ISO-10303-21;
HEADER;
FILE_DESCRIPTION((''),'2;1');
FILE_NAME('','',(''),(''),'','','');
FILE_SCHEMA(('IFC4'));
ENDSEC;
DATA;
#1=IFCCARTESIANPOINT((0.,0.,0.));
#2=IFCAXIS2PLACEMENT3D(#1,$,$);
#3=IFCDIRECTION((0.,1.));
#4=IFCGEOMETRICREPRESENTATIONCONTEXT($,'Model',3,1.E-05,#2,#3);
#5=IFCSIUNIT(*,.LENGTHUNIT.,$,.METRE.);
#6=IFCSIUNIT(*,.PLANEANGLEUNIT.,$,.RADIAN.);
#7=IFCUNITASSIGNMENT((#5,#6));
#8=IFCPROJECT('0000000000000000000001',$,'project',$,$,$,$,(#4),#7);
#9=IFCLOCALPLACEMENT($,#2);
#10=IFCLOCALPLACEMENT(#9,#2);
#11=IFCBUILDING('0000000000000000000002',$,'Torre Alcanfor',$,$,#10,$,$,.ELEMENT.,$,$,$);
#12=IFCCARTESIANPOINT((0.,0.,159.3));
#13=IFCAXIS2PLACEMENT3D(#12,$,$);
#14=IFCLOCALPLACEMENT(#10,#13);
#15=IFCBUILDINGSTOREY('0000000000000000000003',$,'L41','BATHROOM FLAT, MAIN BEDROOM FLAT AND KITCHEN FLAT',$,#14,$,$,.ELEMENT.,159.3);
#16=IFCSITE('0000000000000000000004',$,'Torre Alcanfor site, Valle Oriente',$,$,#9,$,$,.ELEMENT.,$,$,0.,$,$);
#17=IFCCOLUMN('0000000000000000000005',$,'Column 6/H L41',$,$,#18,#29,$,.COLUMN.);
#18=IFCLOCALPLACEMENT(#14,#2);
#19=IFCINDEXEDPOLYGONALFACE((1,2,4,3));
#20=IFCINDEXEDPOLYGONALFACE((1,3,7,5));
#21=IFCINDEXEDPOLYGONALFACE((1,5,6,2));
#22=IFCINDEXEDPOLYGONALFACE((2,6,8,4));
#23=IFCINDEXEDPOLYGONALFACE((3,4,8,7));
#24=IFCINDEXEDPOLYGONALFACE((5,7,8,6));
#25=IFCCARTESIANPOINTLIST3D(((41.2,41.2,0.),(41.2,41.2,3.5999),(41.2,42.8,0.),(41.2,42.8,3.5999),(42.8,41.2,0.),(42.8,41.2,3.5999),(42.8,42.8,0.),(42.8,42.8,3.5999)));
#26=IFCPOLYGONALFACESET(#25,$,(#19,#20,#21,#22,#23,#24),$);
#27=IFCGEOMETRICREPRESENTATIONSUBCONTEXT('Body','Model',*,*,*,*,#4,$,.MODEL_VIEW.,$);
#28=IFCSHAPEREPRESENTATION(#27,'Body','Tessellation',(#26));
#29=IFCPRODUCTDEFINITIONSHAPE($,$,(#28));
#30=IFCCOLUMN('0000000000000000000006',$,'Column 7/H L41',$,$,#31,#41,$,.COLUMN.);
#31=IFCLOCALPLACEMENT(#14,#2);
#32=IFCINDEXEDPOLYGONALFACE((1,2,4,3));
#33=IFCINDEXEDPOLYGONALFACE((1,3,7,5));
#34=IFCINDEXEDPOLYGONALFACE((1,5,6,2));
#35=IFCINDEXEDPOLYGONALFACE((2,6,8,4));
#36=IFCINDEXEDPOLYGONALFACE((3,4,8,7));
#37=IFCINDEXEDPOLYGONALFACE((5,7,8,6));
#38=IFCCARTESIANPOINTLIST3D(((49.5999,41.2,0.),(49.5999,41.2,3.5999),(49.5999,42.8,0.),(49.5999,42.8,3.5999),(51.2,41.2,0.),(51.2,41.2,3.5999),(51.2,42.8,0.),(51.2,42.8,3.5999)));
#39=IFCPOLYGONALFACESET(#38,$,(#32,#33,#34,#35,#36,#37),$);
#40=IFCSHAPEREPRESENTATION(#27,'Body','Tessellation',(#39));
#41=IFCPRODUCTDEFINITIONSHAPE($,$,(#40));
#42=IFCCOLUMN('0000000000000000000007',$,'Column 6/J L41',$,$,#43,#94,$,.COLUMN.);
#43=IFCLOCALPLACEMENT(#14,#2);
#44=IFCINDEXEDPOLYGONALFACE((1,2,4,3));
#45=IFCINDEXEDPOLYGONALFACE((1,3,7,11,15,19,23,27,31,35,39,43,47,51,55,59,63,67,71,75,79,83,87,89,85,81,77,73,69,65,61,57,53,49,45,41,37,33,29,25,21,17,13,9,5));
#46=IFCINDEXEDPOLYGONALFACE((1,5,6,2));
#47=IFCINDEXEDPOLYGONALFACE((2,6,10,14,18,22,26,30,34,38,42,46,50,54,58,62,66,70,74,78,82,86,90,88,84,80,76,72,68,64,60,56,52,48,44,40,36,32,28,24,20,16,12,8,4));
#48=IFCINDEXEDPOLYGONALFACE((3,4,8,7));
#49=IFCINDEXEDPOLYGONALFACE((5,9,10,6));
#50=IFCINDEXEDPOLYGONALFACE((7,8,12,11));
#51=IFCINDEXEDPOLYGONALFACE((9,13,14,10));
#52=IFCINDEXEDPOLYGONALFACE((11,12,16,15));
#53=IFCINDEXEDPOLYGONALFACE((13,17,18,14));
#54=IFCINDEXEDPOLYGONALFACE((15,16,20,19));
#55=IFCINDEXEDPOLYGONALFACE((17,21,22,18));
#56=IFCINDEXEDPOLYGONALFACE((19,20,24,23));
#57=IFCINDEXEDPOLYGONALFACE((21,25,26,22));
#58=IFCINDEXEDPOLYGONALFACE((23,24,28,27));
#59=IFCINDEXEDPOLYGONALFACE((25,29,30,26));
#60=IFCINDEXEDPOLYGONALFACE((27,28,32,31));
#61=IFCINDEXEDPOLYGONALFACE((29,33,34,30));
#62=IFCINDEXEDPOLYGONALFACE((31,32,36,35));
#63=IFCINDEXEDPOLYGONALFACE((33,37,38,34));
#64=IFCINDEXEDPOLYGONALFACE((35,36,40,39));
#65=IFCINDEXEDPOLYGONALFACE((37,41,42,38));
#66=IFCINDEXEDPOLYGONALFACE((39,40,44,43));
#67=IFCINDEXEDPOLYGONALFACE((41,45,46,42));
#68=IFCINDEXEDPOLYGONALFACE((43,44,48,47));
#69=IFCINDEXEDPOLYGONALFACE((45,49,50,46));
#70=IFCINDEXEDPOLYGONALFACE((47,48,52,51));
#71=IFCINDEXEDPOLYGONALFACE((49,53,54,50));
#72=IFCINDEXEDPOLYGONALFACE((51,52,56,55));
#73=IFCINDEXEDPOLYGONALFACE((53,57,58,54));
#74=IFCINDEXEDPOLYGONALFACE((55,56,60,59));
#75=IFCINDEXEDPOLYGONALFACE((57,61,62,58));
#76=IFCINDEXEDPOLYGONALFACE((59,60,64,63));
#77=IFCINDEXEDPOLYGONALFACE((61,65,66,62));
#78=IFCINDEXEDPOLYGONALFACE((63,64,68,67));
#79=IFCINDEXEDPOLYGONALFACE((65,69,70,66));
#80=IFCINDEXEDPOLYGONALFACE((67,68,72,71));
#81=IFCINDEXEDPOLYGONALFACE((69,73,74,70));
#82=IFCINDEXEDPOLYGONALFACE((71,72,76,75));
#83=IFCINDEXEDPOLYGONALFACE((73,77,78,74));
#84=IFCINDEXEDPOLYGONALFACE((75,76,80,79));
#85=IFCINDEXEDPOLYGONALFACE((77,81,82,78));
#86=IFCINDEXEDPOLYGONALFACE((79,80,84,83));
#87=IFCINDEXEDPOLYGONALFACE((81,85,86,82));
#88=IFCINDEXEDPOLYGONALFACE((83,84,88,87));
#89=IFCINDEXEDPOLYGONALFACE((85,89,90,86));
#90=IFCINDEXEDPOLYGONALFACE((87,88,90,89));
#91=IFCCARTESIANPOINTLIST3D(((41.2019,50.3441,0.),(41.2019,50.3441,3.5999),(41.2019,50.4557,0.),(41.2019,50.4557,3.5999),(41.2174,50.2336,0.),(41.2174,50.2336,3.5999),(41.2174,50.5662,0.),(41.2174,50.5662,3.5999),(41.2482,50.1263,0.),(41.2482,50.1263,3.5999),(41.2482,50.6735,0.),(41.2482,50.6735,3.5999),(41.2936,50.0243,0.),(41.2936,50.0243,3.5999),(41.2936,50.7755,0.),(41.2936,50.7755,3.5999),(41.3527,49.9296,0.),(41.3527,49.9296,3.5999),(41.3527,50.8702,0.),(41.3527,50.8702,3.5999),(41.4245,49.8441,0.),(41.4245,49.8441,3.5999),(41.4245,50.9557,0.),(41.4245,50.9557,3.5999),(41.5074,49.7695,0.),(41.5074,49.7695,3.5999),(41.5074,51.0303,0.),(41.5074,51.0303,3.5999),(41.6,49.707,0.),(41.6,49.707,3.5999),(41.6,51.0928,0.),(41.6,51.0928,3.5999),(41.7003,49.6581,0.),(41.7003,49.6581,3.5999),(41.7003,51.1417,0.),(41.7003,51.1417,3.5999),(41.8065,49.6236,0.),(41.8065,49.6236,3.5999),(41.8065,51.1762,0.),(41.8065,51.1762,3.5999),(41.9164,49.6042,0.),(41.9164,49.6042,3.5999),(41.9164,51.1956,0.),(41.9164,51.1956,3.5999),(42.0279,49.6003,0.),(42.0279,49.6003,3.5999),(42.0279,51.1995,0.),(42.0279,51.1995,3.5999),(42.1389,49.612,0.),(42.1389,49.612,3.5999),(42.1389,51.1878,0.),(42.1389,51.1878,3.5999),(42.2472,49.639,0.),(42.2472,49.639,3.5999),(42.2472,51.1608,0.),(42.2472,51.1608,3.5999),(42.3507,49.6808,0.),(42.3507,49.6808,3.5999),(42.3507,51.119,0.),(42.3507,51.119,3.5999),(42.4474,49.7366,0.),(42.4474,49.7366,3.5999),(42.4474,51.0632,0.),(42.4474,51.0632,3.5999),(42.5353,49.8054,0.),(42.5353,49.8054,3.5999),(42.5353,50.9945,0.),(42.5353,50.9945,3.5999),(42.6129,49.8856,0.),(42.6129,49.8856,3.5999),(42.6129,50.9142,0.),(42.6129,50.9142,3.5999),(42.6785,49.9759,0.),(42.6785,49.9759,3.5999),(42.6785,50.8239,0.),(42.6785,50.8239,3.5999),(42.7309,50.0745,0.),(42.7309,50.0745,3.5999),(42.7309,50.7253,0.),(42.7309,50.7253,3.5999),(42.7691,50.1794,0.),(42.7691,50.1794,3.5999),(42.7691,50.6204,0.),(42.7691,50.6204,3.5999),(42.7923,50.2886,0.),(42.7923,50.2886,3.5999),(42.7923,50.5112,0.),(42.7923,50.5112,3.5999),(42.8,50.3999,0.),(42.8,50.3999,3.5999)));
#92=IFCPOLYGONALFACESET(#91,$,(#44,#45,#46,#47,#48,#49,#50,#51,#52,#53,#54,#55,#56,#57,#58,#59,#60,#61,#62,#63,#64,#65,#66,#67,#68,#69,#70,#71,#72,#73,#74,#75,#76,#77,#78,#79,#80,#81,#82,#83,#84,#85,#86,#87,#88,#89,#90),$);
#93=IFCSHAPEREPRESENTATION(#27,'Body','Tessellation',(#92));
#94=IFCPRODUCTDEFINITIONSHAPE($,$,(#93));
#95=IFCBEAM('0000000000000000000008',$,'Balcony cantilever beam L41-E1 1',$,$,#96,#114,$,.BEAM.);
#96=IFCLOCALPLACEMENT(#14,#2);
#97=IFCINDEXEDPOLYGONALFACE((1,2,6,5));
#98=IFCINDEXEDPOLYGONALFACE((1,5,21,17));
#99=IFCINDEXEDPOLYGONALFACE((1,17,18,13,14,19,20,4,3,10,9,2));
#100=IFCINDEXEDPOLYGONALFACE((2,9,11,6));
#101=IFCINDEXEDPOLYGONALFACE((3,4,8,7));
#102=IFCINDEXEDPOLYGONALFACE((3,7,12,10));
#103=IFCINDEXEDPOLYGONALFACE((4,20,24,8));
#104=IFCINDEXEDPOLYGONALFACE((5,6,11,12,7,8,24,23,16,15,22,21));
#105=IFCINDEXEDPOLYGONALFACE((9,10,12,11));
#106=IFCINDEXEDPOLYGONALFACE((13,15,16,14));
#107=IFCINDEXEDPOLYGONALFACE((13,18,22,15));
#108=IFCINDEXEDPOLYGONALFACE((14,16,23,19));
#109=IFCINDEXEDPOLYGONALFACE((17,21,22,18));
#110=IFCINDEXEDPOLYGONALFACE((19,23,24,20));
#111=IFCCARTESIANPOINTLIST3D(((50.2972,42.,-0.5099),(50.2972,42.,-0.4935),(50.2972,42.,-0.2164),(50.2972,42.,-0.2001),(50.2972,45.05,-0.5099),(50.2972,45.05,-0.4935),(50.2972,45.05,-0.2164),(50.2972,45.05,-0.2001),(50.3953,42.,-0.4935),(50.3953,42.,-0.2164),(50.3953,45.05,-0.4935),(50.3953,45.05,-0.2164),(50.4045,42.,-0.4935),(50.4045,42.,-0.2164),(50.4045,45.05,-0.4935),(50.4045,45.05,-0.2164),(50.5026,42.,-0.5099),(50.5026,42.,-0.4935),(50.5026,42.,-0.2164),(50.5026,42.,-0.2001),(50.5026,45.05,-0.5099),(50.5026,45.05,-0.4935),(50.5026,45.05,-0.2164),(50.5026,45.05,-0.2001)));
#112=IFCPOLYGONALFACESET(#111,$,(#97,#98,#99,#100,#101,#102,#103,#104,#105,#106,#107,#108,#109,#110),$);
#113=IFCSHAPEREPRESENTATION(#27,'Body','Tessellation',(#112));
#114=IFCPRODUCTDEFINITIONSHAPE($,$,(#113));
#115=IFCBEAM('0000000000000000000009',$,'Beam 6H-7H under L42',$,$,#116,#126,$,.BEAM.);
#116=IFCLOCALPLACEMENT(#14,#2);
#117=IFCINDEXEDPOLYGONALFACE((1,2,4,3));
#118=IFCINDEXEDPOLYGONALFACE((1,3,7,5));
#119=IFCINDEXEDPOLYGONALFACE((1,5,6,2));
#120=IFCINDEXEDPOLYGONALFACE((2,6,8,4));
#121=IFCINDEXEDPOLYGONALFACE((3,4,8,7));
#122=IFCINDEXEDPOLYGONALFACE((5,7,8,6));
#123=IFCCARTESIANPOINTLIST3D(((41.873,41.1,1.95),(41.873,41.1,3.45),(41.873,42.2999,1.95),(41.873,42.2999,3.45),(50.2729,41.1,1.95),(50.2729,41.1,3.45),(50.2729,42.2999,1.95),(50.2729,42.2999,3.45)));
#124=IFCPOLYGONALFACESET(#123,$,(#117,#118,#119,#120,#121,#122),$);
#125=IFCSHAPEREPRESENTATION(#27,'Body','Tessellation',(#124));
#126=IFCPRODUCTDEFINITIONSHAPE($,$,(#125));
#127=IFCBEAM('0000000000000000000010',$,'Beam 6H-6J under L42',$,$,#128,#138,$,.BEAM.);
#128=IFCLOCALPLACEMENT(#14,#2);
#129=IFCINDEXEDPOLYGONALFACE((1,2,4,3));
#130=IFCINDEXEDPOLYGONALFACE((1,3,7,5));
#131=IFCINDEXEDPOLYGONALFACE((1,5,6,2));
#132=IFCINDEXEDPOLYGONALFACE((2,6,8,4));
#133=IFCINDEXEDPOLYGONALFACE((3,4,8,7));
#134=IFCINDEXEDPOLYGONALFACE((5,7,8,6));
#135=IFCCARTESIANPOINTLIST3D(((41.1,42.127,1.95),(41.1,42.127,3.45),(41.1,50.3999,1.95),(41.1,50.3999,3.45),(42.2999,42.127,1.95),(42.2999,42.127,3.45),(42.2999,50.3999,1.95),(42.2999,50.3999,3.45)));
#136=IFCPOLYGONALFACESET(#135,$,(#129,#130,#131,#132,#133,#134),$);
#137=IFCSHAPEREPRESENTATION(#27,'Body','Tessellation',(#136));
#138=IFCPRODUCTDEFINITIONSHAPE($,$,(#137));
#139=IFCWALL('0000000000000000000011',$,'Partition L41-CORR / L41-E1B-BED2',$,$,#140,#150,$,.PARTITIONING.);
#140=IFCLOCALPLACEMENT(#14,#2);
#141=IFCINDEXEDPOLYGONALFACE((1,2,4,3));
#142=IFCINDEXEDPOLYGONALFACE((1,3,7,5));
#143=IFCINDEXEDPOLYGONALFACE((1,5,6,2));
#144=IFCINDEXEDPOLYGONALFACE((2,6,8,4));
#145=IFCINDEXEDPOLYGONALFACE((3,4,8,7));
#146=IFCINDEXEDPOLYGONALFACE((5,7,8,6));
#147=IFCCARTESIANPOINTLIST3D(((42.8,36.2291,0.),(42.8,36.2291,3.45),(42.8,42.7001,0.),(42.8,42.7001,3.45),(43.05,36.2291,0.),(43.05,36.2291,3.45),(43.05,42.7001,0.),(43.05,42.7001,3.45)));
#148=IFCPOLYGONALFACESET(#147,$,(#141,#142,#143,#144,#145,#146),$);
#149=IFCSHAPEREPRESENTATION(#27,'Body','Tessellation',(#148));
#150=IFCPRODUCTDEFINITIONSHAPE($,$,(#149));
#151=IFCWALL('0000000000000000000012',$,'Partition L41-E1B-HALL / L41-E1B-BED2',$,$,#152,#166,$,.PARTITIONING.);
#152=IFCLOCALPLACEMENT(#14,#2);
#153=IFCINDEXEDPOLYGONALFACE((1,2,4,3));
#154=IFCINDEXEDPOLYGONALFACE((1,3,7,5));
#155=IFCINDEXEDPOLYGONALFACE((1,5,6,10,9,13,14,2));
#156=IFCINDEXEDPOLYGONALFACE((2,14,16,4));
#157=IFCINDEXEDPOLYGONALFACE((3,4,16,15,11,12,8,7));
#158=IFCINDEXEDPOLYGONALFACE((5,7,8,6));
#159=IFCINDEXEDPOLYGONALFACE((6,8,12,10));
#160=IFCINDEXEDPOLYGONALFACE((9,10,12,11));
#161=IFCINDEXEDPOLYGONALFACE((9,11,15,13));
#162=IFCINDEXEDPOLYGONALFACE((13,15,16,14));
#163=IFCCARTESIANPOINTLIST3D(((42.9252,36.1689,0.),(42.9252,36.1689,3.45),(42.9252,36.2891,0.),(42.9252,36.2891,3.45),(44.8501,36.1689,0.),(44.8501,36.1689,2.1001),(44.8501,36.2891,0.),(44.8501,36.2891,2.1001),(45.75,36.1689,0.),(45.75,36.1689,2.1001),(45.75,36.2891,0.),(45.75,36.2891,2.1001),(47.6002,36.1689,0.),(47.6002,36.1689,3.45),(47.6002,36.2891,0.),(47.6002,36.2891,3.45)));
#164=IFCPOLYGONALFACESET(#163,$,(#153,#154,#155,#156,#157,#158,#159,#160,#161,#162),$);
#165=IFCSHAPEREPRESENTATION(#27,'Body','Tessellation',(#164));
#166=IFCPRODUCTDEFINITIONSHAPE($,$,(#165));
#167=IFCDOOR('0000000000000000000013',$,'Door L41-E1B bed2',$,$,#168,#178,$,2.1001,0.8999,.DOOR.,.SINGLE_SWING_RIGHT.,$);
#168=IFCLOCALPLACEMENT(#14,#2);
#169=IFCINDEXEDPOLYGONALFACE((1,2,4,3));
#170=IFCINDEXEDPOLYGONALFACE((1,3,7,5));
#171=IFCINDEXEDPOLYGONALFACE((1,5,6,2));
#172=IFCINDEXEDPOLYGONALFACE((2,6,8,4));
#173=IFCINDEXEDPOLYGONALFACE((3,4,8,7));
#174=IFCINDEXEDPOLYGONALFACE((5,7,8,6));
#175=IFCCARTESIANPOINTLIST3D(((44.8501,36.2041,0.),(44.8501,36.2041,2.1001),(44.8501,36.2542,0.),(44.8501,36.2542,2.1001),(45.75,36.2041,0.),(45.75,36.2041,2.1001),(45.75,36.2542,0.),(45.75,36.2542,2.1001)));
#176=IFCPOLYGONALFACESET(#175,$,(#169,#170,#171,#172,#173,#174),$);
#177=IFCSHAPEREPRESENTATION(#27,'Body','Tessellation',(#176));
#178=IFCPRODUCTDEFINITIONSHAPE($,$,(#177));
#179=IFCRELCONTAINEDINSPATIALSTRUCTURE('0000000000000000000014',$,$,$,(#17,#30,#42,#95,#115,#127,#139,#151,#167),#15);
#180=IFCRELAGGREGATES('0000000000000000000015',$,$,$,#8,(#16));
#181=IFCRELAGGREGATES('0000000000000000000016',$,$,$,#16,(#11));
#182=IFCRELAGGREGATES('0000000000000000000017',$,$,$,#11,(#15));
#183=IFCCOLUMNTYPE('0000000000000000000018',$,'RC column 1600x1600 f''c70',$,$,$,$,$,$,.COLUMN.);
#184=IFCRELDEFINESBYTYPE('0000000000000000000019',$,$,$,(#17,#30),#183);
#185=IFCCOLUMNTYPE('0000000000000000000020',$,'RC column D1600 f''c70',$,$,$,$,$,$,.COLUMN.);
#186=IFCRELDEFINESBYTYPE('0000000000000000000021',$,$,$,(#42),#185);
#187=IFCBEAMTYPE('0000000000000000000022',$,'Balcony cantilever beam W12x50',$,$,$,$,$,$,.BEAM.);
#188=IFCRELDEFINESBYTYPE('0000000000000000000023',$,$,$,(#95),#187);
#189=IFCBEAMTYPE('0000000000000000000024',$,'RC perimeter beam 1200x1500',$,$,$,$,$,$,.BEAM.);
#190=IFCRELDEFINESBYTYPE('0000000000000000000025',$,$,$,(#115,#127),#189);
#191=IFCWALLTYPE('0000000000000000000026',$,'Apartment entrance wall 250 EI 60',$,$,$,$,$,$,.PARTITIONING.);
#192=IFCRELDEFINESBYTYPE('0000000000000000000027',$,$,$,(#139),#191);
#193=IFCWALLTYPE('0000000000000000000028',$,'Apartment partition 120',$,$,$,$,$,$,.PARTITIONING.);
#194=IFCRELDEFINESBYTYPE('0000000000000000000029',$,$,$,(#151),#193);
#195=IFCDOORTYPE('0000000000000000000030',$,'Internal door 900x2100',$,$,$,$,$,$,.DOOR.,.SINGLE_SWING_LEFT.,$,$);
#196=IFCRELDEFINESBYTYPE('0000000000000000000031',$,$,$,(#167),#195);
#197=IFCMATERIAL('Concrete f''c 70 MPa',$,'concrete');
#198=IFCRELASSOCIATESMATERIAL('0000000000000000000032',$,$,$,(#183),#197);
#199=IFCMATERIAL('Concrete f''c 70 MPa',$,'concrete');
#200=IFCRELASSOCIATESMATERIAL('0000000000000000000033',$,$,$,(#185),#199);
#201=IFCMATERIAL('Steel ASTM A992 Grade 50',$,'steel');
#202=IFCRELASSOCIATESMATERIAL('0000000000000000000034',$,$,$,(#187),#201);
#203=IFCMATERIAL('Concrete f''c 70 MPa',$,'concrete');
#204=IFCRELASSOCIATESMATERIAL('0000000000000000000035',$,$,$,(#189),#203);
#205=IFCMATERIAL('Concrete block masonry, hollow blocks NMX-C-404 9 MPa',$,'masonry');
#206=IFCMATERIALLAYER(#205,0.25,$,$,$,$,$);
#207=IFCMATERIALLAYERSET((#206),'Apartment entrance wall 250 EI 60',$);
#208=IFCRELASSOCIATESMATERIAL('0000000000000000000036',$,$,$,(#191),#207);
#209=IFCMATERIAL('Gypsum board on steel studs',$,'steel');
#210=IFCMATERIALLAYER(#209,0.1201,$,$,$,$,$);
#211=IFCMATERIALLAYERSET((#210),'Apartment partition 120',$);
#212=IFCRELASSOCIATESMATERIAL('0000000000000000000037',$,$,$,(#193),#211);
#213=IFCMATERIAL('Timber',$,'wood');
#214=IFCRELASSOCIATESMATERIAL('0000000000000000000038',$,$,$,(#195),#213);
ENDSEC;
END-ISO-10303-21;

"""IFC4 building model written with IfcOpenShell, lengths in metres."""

from ifc_helpers import new_model, si_unit, direction, frame, frame_2d, origin, origin_2d, place, context, subcontext, project, spatial, rectangle, circle, i_section, extrude, material, layer, layer_set, material_profile, profile_set, type_object, element, fill, save


model = new_model("IFC4")

# Units and contexts
model_context = context("Model", 3, precision=1e-05, world=origin(), true_north=direction((0.0, 1.0)))
body_context = subcontext(model_context, "Body", "Model", "MODEL_VIEW")
ifc_project = project(units=[si_unit("LENGTHUNIT", "METRE"), si_unit("PLANEANGLEUNIT", "RADIAN")], contexts=[model_context])

# Site, building, storey
site_placement = place(None, origin())
site = spatial("IfcSite", under=ifc_project, at=site_placement, Name="Torre Alcanfor site, Valle Oriente", CompositionType="ELEMENT", RefElevation=0.0)
building_placement = place(site_placement, origin())
building = spatial("IfcBuilding", under=site, at=building_placement, Name="Torre Alcanfor", CompositionType="ELEMENT")
storey_placement = place(building_placement, frame((0.0, 0.0, 159.3)))
storey = spatial("IfcBuildingStorey", under=building, at=storey_placement, Name="L41", Description="BATHROOM FLAT, MAIN BEDROOM FLAT AND KITCHEN FLAT", CompositionType="ELEMENT", Elevation=159.3)

# Columns
ifc_material_1 = material(Name="Concrete f'c 70 MPa", Category="concrete")
ifc_material_profile_1 = material_profile(ifc_material_1, rectangle(XDim=1.6001, YDim=1.6001, at=origin_2d()), Name="1600x1600")
ifc_profile_set_1 = profile_set([ifc_material_profile_1], Name="Concrete f'c 70 MPa")
column_type_1 = type_object("IfcColumnType", Name="RC column 1600x1600 f'c70", PredefinedType="COLUMN", material=ifc_profile_set_1)
for number, where, z_axis, x_axis, name in (
    (1, (42.0, 42.0, 0.0), (0.0, 0.0, 1.0), (1.0, 0.0, 0.0), "Column 6/H L41"),
    (2, (50.3999, 42.0, 0.0), (0.0, 0.0, 1.0), (1.0, 0.0, 0.0), "Column 7/H L41"),
):
    element("IfcColumn", number, at=place(storey_placement, frame(where, z_axis=z_axis, x_axis=x_axis)), inside=storey, type_object=column_type_1, Name=name, PredefinedType="COLUMN", context=body_context, shape_type="SweptSolid", body=[
        extrude(rectangle(XDim=1.6001, YDim=1.6001, at=origin_2d()), origin(), (0.0, 0.0, 1.0), 3.5999),
    ])
ifc_material_2 = material(Name="Concrete f'c 70 MPa", Category="concrete")
ifc_material_profile_2 = material_profile(ifc_material_2, circle(Radius=0.8, at=origin_2d()), Name="D1600")
ifc_profile_set_2 = profile_set([ifc_material_profile_2], Name="Concrete f'c 70 MPa")
column_type_2 = type_object("IfcColumnType", Name="RC column D1600 f'c70", PredefinedType="COLUMN", material=ifc_profile_set_2)
column_placement = place(storey_placement, frame((42.0, 50.3999, 0.0), z_axis=(0.0, 0.0, 1.0), x_axis=(1.0, 0.0, 0.0)))
element("IfcColumn", 3, at=column_placement, inside=storey, type_object=column_type_2, Name="Column 6/J L41", PredefinedType="COLUMN", context=body_context, shape_type="SweptSolid", body=[
    extrude(circle(Radius=0.8, at=origin_2d()), origin(), (0.0, 0.0, 1.0), 3.5999),
])

# Beams
ifc_material_3 = material(Name="Steel ASTM A992 Grade 50", Category="steel")
ifc_material_profile_3 = material_profile(ifc_material_3, i_section(OverallWidth=0.2053, OverallDepth=0.3098, WebThickness=0.0093, FlangeThickness=0.0164, at=origin_2d()), Name="W12x50")
ifc_profile_set_3 = profile_set([ifc_material_profile_3], Name="Steel ASTM A992 Grade 50")
beam_type_1 = type_object("IfcBeamType", Name="Balcony cantilever beam W12x50", PredefinedType="BEAM", material=ifc_profile_set_3)
beam_1_placement = place(storey_placement, frame((50.3999, 42.0, -0.355), z_axis=(0.0, 1.0, 0.0), x_axis=(-1.0, 0.0, 0.0)))
element("IfcBeam", 4, at=beam_1_placement, inside=storey, type_object=beam_type_1, Name="Balcony cantilever beam L41-E1 1", PredefinedType="BEAM", context=body_context, shape_type="SweptSolid", body=[
    extrude(i_section(OverallWidth=0.2053, OverallDepth=0.3098, WebThickness=0.0093, FlangeThickness=0.0164, at=origin_2d()), origin(), (0.0, 0.0, 1.0), 3.05),
])
ifc_material_4 = material(Name="Concrete f'c 70 MPa", Category="concrete")
ifc_material_profile_4 = material_profile(ifc_material_4, rectangle(XDim=1.2, YDim=1.5, at=origin_2d()), Name="1200x1500")
ifc_profile_set_4 = profile_set([ifc_material_profile_4], Name="Concrete f'c 70 MPa")
beam_type_2 = type_object("IfcBeamType", Name="RC perimeter beam 1200x1500", PredefinedType="BEAM", material=ifc_profile_set_4)
beam_2_placement = place(storey_placement, frame((41.873, 41.7, 2.7), z_axis=(1.0, 0.0, 0.0), x_axis=(0.0, 1.0, 0.0)))
element("IfcBeam", 5, at=beam_2_placement, inside=storey, type_object=beam_type_2, Name="Beam 6H-7H under L42", PredefinedType="BEAM", context=body_context, shape_type="SweptSolid", body=[
    extrude(rectangle(XDim=1.2, YDim=1.5, at=origin_2d()), origin(), (0.0, 0.0, 1.0), 8.3999),
])
beam_3_placement = place(storey_placement, frame((41.7, 42.127, 2.7), z_axis=(0.0, 1.0, 0.0), x_axis=(-1.0, 0.0, 0.0)))
element("IfcBeam", 6, at=beam_3_placement, inside=storey, type_object=beam_type_2, Name="Beam 6H-6J under L42", PredefinedType="BEAM", context=body_context, shape_type="SweptSolid", body=[
    extrude(rectangle(XDim=1.2, YDim=1.5, at=origin_2d()), origin(), (0.0, 0.0, 1.0), 8.2729),
])

# Wall
ifc_material_5 = material(Name="Concrete block masonry, hollow blocks NMX-C-404 9 MPa", Category="masonry")
ifc_layer_1 = layer(ifc_material_5, 0.25)
ifc_layer_set_1 = layer_set([ifc_layer_1], Name="Apartment entrance wall 250 EI 60")
wall_type_1 = type_object("IfcWallType", Name="Apartment entrance wall 250 EI 60", PredefinedType="PARTITIONING", material=ifc_layer_set_1)
wall_1_placement = place(storey_placement, frame((42.925, 42.7, 0.0), z_axis=(0.0, 0.0, 1.0), x_axis=(0.0, -1.0, 0.0)))
element("IfcWall", 7, at=wall_1_placement, inside=storey, type_object=wall_type_1, Name="Partition L41-CORR / L41-E1B-BED2", PredefinedType="PARTITIONING", context=body_context, shape_type="SweptSolid", body=[
    extrude(rectangle(XDim=6.4709, YDim=0.25, at=frame_2d((3.2354, 0.0))), origin(), (0.0, 0.0, 1.0), 3.45),
])

# Wall, opening, door
ifc_material_6 = material(Name="Gypsum board on steel studs", Category="steel")
ifc_layer_2 = layer(ifc_material_6, 0.1201)
ifc_layer_set_2 = layer_set([ifc_layer_2], Name="Apartment partition 120")
wall_type_2 = type_object("IfcWallType", Name="Apartment partition 120", PredefinedType="PARTITIONING", material=ifc_layer_set_2)
wall_2_placement = place(storey_placement, frame((47.6001, 36.229, 0.0), z_axis=(0.0, 0.0, 1.0), x_axis=(-1.0, 0.0, 0.0)))
wall_2 = element("IfcWall", 8, at=wall_2_placement, inside=storey, type_object=wall_type_2, Name="Partition L41-E1B-HALL / L41-E1B-BED2", PredefinedType="PARTITIONING", context=body_context, shape_type="SweptSolid", body=[
    extrude(rectangle(XDim=4.675, YDim=0.1201, at=frame_2d((2.3374, 0.0))), origin(), (0.0, 0.0, 1.0), 3.45),
])
opening_1_placement = place(wall_2_placement, frame((1.8501, 0.0, 0.0)))
opening_1 = element("IfcOpeningElement", 9, at=opening_1_placement, cuts=wall_2, PredefinedType="OPENING", context=body_context, shape_type="SweptSolid", body=[
    extrude(rectangle(XDim=0.8999, YDim=2.1001, at=frame_2d((0.45, 1.05))), frame((0.0, 0.0701, 0.0), z_axis=(0.0, -1.0, 0.0), x_axis=(1.0, 0.0, 0.0)), (0.0, 0.0, 1.0), 0.1401),
])
ifc_material_7 = material(Name="Timber", Category="wood")
door_type_1 = type_object("IfcDoorType", Name="Internal door 900x2100", OperationType="SINGLE_SWING_LEFT", PredefinedType="DOOR", material=ifc_material_7)
door_1_placement = place(opening_1_placement, frame((0.8999, 0.0, 0.0), z_axis=(0.0, 0.0, 1.0), x_axis=(-1.0, 0.0, 0.0)))
door_1 = element("IfcDoor", 10, at=door_1_placement, inside=storey, type_object=door_type_1, Name="Door L41-E1B bed2", OperationType="SINGLE_SWING_RIGHT", OverallHeight=2.1001, OverallWidth=0.8999, PredefinedType="DOOR", context=body_context, shape_type="SweptSolid", body=[
    extrude(rectangle(XDim=0.8999, YDim=2.1001, at=frame_2d((0.45, 1.05))), frame((0.0, 0.0251, 0.0), z_axis=(0.0, -1.0, 0.0), x_axis=(1.0, 0.0, 0.0)), (0.0, 0.0, 1.0), 0.05),
])
fill(opening_1, door_1)

save(model, "model.ifc")
